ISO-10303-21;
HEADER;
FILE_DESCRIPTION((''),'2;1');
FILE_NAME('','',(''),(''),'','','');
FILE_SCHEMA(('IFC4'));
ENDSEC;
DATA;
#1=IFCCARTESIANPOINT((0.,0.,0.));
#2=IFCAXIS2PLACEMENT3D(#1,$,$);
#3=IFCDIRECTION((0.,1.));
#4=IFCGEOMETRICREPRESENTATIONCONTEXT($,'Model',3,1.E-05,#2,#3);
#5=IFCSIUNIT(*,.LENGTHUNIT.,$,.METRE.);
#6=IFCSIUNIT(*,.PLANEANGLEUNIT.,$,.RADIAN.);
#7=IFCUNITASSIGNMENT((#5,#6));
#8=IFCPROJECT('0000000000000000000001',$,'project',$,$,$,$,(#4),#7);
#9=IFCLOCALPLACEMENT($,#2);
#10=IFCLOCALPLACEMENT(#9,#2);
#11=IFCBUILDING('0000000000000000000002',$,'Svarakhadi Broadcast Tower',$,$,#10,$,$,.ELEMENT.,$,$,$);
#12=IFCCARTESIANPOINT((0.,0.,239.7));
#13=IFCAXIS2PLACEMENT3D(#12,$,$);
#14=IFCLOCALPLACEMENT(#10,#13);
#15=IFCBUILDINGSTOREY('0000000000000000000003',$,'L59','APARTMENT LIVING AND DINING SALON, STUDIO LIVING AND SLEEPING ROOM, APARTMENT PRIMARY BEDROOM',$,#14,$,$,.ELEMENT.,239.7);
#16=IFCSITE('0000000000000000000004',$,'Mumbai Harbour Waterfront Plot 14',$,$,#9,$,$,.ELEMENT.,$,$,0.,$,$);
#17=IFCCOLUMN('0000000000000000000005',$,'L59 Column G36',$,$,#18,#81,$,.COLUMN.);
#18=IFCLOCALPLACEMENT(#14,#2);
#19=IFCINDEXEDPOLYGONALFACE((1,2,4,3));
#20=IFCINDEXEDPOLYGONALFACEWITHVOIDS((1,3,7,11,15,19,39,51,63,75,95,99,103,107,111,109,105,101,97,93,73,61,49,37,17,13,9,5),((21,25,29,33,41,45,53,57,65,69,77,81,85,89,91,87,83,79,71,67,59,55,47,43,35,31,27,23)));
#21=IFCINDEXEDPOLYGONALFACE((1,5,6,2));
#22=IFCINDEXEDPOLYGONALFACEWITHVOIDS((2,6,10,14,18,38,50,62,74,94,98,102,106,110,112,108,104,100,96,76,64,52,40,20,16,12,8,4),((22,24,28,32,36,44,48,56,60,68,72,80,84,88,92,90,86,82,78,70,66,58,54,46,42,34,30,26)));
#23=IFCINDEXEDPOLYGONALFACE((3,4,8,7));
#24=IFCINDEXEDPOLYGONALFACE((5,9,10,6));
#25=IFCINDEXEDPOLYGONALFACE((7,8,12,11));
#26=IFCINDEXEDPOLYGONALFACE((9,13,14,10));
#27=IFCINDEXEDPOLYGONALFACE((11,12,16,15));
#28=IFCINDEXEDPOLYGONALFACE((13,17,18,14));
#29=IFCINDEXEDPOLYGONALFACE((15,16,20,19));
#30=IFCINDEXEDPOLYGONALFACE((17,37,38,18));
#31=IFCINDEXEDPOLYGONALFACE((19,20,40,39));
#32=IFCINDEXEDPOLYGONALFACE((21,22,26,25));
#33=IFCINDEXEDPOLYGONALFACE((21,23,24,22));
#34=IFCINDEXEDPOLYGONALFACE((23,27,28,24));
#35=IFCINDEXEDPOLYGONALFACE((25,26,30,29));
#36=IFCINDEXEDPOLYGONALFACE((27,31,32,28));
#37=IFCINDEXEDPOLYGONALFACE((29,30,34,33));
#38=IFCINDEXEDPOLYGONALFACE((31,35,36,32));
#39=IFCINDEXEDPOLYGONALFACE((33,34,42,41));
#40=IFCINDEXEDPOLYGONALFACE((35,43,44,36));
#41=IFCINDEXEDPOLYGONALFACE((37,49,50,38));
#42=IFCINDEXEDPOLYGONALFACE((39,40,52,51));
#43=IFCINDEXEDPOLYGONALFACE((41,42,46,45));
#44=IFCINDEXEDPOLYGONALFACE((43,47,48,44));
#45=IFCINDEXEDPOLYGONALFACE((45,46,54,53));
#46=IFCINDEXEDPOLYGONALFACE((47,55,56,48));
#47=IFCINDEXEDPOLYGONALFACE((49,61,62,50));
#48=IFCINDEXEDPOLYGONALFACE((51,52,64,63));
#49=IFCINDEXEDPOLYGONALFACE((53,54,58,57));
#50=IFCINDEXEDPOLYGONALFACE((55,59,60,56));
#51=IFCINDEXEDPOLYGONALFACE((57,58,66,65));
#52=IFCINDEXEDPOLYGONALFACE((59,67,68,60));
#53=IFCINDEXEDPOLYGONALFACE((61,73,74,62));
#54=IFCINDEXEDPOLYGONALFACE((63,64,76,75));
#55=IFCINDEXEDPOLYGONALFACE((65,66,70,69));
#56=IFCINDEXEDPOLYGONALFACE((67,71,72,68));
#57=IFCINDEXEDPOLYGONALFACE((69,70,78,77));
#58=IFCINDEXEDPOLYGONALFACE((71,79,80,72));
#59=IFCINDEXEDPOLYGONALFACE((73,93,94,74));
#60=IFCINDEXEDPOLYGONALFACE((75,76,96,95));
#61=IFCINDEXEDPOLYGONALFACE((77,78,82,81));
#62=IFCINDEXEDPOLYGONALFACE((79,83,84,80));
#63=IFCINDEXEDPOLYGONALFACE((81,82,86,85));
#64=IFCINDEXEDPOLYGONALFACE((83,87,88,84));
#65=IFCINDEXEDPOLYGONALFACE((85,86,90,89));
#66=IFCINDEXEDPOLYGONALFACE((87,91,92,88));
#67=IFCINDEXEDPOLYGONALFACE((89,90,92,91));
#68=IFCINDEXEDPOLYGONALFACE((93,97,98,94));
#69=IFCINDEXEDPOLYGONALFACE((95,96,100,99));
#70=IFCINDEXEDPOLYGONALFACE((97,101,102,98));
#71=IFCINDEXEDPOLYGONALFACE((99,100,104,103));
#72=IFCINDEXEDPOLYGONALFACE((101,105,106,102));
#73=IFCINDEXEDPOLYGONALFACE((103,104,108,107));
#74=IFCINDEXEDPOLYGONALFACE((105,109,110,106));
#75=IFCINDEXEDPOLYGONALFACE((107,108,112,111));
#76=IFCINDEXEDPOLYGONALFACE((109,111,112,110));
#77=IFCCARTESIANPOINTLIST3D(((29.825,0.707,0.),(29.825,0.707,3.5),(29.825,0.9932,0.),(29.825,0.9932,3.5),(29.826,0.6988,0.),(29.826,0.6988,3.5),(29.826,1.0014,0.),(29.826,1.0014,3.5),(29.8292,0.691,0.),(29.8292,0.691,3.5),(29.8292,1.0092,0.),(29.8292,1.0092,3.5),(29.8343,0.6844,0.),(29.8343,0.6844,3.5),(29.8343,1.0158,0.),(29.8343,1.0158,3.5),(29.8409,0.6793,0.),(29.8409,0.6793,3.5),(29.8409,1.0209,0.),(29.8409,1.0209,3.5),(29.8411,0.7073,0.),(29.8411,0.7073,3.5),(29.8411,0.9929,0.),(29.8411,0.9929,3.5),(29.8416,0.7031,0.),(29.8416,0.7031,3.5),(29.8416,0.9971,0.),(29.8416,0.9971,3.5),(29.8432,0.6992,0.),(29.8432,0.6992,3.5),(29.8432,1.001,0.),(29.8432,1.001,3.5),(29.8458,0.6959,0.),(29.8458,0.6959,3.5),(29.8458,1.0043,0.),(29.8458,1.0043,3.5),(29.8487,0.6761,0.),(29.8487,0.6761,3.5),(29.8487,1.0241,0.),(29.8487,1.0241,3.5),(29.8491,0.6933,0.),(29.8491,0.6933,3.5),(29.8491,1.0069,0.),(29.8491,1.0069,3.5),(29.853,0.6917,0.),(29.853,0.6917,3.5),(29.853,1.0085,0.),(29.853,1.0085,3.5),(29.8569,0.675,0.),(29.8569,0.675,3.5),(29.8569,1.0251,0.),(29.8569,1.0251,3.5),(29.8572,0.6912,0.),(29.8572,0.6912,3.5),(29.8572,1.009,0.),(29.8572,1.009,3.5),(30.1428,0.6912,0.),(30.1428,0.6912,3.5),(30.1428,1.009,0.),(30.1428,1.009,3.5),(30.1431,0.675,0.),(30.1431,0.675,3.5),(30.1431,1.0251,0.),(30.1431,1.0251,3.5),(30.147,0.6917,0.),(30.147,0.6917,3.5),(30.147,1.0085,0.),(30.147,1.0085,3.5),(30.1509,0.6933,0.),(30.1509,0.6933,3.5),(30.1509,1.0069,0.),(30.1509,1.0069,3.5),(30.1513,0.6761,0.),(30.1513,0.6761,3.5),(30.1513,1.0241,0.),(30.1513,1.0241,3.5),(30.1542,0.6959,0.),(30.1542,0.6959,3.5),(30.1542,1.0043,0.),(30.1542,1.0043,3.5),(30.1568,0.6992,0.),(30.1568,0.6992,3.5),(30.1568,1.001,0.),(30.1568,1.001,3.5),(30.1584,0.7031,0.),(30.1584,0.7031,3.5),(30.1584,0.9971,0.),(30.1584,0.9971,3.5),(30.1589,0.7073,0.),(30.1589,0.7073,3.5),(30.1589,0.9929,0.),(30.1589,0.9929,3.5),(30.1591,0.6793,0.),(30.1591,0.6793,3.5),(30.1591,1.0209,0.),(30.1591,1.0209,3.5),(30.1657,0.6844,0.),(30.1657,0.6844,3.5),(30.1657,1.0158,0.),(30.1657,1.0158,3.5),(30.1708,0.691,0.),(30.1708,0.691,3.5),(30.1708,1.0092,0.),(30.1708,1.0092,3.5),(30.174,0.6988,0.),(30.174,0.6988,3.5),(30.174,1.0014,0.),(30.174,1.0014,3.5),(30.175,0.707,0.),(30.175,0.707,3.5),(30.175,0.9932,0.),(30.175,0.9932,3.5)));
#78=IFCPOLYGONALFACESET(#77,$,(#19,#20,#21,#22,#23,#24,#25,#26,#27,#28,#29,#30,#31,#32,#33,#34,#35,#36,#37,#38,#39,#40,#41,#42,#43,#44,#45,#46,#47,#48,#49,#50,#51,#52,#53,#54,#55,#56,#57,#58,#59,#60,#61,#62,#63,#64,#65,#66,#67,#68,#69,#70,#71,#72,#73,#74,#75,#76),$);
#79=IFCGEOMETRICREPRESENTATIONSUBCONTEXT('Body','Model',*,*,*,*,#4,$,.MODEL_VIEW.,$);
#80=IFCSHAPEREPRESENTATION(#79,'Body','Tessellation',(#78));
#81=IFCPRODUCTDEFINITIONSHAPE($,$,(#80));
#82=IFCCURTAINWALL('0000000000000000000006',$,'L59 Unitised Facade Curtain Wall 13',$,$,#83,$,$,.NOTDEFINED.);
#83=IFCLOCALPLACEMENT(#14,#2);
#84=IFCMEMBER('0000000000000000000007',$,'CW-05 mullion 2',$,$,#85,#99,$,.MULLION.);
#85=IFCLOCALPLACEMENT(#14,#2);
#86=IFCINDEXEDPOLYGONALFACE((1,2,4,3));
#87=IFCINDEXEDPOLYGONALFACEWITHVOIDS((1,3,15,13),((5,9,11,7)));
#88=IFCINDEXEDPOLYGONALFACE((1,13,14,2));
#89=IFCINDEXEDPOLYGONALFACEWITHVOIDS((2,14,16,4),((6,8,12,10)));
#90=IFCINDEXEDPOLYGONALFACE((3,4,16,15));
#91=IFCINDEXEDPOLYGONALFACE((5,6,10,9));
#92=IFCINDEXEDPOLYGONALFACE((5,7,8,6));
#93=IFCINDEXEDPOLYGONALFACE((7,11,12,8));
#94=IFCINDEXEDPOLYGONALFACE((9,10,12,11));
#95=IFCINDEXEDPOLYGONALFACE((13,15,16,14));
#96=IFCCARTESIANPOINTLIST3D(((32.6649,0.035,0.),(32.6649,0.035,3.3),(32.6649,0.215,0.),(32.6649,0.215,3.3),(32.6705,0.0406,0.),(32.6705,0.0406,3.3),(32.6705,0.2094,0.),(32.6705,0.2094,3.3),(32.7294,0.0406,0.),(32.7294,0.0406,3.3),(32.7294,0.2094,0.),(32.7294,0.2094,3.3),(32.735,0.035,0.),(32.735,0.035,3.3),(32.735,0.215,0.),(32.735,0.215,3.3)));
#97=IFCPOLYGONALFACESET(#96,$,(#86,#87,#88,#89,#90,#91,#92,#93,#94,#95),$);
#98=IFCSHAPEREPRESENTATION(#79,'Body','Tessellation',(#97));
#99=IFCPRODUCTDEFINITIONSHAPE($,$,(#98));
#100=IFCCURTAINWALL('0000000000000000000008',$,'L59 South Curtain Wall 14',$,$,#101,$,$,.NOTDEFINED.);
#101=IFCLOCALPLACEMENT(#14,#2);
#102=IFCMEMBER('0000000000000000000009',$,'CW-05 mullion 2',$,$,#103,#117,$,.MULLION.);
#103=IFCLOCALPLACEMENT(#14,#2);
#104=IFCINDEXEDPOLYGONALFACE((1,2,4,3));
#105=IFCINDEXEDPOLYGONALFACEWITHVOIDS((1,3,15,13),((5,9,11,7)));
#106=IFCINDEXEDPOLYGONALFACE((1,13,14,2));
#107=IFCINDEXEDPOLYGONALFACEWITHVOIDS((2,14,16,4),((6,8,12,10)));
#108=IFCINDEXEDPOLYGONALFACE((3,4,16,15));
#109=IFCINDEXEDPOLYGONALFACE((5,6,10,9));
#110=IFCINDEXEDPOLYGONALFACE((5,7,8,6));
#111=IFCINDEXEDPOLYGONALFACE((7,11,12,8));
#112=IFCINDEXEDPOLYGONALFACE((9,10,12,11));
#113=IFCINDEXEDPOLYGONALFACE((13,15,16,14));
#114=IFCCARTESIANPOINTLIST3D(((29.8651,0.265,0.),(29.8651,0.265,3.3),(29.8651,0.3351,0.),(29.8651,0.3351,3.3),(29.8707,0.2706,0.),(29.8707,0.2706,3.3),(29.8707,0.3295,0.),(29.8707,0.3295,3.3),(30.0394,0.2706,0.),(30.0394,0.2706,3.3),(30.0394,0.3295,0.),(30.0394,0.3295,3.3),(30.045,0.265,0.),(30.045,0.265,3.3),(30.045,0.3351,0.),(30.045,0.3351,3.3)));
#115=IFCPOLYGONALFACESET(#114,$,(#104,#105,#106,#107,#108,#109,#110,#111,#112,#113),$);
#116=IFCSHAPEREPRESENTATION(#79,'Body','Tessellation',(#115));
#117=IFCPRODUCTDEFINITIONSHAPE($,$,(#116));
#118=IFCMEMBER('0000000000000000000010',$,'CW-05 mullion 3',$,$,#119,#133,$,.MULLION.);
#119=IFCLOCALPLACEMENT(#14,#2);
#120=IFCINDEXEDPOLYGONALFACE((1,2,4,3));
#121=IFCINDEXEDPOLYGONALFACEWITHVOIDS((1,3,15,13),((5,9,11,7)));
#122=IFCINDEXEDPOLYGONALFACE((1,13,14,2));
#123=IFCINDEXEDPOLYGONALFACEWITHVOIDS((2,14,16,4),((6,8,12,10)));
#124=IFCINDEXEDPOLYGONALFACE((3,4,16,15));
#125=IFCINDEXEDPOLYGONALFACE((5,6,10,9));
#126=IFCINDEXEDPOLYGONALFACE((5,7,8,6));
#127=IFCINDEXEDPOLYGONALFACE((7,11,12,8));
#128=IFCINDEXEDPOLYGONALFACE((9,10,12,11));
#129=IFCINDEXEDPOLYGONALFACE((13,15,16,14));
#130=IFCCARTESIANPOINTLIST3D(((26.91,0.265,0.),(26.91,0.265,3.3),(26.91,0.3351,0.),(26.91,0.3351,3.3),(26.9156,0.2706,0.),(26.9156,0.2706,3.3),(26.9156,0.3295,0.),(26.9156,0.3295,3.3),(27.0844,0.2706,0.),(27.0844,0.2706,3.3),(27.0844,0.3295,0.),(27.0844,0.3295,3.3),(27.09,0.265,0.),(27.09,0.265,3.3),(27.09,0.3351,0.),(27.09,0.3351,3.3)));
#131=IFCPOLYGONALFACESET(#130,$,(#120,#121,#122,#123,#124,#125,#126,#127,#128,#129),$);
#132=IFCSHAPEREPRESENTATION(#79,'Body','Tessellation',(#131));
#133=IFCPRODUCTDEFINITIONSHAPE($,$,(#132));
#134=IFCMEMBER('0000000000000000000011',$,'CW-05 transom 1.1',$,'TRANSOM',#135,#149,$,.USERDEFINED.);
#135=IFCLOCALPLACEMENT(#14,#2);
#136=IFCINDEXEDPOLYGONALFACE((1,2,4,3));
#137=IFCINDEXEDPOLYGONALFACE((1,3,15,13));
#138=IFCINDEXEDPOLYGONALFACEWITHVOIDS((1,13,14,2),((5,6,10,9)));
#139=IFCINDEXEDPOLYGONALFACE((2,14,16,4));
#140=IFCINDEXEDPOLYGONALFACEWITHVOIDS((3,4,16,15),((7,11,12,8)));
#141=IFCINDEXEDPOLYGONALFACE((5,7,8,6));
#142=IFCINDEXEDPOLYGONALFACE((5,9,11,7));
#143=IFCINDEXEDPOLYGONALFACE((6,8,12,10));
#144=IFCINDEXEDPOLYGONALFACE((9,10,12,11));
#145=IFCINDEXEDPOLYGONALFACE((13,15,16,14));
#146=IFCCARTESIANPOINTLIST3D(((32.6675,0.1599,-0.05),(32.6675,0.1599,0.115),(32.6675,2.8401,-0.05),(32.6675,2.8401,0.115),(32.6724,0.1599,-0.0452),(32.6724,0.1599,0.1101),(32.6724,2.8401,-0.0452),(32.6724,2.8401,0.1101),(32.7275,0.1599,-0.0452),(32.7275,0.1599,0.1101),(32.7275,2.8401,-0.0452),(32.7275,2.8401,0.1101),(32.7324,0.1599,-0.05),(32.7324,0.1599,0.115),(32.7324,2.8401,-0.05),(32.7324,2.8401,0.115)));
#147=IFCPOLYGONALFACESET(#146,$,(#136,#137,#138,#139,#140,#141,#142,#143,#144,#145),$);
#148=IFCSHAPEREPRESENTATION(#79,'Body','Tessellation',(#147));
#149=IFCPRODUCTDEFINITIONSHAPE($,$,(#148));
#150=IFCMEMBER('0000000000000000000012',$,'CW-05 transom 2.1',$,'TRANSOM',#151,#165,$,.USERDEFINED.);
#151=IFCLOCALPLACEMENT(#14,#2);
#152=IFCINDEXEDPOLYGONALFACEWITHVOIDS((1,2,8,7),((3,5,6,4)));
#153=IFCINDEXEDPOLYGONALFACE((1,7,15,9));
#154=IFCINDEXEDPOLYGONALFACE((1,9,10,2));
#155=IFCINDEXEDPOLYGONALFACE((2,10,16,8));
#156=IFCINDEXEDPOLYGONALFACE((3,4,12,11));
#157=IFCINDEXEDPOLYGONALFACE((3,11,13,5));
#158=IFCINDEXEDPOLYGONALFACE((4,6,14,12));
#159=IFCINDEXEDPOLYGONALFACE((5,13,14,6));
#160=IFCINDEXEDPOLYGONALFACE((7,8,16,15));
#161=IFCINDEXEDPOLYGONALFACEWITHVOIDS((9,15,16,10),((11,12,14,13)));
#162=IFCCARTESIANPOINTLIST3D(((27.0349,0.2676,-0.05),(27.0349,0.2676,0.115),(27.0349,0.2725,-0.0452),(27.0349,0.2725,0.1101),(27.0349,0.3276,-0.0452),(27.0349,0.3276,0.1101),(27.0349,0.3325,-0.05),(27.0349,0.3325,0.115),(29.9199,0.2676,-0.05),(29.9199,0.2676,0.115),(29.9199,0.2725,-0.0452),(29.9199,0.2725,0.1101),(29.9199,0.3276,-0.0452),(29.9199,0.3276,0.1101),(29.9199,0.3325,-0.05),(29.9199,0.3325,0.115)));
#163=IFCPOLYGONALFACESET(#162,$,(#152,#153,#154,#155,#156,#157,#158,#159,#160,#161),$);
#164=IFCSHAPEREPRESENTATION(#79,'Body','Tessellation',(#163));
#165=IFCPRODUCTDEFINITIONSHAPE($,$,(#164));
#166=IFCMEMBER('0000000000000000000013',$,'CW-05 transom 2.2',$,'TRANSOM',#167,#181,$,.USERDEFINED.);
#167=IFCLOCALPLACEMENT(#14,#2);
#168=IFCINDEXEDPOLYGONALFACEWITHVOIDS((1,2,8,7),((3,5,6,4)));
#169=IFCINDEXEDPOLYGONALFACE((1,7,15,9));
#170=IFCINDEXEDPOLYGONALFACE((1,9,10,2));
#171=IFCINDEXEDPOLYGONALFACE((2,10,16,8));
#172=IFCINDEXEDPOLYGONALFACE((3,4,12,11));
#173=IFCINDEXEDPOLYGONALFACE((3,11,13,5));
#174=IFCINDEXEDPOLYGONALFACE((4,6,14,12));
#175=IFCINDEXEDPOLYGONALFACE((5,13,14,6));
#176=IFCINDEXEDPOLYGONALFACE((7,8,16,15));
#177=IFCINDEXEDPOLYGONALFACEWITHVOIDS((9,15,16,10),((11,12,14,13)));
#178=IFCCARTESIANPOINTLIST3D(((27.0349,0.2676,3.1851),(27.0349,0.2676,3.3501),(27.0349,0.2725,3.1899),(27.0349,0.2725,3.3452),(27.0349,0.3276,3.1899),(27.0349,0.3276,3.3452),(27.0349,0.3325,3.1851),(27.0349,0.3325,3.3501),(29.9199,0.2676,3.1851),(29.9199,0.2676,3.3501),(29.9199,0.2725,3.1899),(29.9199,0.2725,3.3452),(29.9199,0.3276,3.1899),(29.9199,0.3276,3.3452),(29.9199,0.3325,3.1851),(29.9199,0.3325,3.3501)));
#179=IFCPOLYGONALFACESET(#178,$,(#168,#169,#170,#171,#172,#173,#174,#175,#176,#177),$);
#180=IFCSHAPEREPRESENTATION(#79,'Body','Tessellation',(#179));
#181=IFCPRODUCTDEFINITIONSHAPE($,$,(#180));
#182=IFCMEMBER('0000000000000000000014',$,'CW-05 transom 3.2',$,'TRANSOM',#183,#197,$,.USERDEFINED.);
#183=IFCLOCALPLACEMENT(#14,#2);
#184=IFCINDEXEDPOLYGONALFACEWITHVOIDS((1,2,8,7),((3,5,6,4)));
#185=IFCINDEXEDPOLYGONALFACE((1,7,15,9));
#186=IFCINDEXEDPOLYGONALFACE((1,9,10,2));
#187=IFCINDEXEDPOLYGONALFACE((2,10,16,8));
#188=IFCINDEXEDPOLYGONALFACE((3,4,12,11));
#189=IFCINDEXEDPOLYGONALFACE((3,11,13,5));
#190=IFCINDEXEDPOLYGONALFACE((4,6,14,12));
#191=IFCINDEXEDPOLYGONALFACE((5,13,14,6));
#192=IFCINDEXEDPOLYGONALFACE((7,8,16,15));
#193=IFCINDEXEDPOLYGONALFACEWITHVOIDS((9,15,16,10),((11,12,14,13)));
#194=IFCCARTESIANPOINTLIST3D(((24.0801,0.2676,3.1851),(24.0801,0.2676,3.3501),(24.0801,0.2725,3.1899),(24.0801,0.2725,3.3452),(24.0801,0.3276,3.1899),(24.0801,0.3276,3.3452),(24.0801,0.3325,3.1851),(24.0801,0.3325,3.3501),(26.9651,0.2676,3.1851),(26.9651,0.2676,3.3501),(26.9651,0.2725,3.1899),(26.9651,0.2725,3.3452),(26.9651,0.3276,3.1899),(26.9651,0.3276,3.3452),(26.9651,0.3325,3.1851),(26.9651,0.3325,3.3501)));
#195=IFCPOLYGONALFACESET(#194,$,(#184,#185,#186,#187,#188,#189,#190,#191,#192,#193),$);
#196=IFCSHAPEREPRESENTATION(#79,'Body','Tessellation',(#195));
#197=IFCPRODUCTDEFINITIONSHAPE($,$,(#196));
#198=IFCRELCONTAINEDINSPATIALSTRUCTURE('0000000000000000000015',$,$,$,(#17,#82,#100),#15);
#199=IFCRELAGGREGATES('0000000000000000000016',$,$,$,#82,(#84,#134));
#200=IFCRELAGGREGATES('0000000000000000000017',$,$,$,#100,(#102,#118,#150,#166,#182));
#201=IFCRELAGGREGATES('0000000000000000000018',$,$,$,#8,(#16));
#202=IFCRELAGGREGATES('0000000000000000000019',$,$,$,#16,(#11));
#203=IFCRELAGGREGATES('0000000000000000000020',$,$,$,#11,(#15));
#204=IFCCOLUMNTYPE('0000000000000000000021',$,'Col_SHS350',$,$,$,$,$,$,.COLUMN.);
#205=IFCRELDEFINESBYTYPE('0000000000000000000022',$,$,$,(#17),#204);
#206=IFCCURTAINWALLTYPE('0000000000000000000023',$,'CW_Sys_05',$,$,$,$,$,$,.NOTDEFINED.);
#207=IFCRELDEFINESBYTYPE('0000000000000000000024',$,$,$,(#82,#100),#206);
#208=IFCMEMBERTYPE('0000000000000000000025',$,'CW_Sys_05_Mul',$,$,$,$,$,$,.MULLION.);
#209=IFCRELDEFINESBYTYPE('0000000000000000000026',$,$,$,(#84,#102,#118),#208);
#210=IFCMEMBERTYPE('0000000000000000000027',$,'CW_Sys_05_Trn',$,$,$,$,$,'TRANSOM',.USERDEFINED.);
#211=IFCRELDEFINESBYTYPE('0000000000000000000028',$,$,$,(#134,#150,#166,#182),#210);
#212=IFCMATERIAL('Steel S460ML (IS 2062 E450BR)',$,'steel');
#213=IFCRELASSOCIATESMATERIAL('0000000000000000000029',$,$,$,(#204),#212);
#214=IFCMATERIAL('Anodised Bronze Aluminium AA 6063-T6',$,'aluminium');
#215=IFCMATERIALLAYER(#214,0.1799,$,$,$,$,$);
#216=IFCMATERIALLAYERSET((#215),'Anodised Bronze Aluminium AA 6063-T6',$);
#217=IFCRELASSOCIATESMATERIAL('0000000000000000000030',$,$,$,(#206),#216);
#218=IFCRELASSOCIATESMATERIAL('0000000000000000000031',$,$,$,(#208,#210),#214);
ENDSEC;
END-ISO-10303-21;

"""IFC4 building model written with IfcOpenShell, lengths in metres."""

from ifc_helpers import new_model, si_unit, direction, frame, origin, origin_2d, place, context, subcontext, project, spatial, hollow_rectangle, extrude, material, layer, layer_set, material_profile, profile_set, type_object, element, aggregate, save


model = new_model("IFC4")

# Units and contexts
model_context = context("Model", 3, precision=1e-05, world=origin(), true_north=direction((0.0, 1.0)))
body_context = subcontext(model_context, "Body", "Model", "MODEL_VIEW")
ifc_project = project(units=[si_unit("LENGTHUNIT", "METRE"), si_unit("PLANEANGLEUNIT", "RADIAN")], contexts=[model_context])

# Site, building, storey
site_placement = place(None, origin())
site = spatial("IfcSite", under=ifc_project, at=site_placement, Name="Mumbai Harbour Waterfront Plot 14", CompositionType="ELEMENT", RefElevation=0.0)
building_placement = place(site_placement, origin())
building = spatial("IfcBuilding", under=site, at=building_placement, Name="Svarakhadi Broadcast Tower", CompositionType="ELEMENT")
storey_placement = place(building_placement, frame((0.0, 0.0, 239.7)))
storey = spatial("IfcBuildingStorey", under=building, at=storey_placement, Name="L59", Description="APARTMENT LIVING AND DINING SALON, STUDIO LIVING AND SLEEPING ROOM, APARTMENT PRIMARY BEDROOM", CompositionType="ELEMENT", Elevation=239.7)

# Column
ifc_material_1 = material(Name="Steel S460ML (IS 2062 E450BR)", Category="steel")
ifc_material_profile_1 = material_profile(ifc_material_1, hollow_rectangle(XDim=0.3501, YDim=0.3501, WallThickness=0.0161, InnerFilletRadius=0.0161, OuterFilletRadius=0.032, at=origin_2d()), Name="SHS 350x350x16")
ifc_profile_set_1 = profile_set([ifc_material_profile_1], Name="Steel S460ML (IS 2062 E450BR)")
column_type = type_object("IfcColumnType", Name="Col_SHS350", PredefinedType="COLUMN", material=ifc_profile_set_1)
column_placement = place(storey_placement, frame((30.0, 0.8501, 0.0), z_axis=(0.0, 0.0, 1.0), x_axis=(1.0, 0.0, 0.0)))
element("IfcColumn", 1, at=column_placement, inside=storey, type_object=column_type, Name="L59 Column G36", PredefinedType="COLUMN", context=body_context, shape_type="SweptSolid", body=[
    extrude(hollow_rectangle(XDim=0.3501, YDim=0.3501, WallThickness=0.0161, InnerFilletRadius=0.0161, OuterFilletRadius=0.032, at=origin_2d()), origin(), (0.0, 0.0, 1.0), 3.5),
])

# Curtain wall, member
ifc_material_2 = material(Name="Anodised Bronze Aluminium AA 6063-T6", Category="aluminium")
ifc_layer_1 = layer(ifc_material_2, 0.1799)
ifc_layer_set_1 = layer_set([ifc_layer_1], Name="Anodised Bronze Aluminium AA 6063-T6")
curtain_wall_type = type_object("IfcCurtainWallType", Name="CW_Sys_05", PredefinedType="NOTDEFINED", material=ifc_layer_set_1)
curtain_wall_1_placement = place(storey_placement, origin())
curtain_wall_1 = element("IfcCurtainWall", 2, at=curtain_wall_1_placement, inside=storey, type_object=curtain_wall_type, Name="L59 Unitised Facade Curtain Wall 13", PredefinedType="NOTDEFINED")
ifc_material_profile_2 = material_profile(ifc_material_2, hollow_rectangle(XDim=0.0701, YDim=0.1799, WallThickness=0.0056, at=origin_2d()), Name="ALU MULLION 180x70x6")
ifc_profile_set_2 = profile_set([ifc_material_profile_2], Name="Anodised Bronze Aluminium AA 6063-T6")
member_type_1 = type_object("IfcMemberType", Name="CW_Sys_05_Mul", PredefinedType="MULLION", material=ifc_profile_set_2)
member_1_placement = place(storey_placement, frame((32.7, 0.125, 0.0), z_axis=(0.0, 0.0, 1.0), x_axis=(1.0, 0.0, 0.0)))
member_1 = element("IfcMember", 3, at=member_1_placement, type_object=member_type_1, Name="CW-05 mullion 2", PredefinedType="MULLION", context=body_context, shape_type="SweptSolid", body=[
    extrude(hollow_rectangle(XDim=0.0701, YDim=0.1799, WallThickness=0.0056, at=origin_2d()), origin(), (0.0, 0.0, 1.0), 3.3),
])

# Curtain wall, members
curtain_wall_2_placement = place(storey_placement, origin())
curtain_wall_2 = element("IfcCurtainWall", 4, at=curtain_wall_2_placement, inside=storey, type_object=curtain_wall_type, Name="L59 South Curtain Wall 14", PredefinedType="NOTDEFINED")
member_2_placement = place(storey_placement, frame((29.9551, 0.3, 0.0), z_axis=(0.0, 0.0, 1.0), x_axis=(0.0, -1.0, 0.0)))
member_2 = element("IfcMember", 5, at=member_2_placement, type_object=member_type_1, Name="CW-05 mullion 2", PredefinedType="MULLION", context=body_context, shape_type="SweptSolid", body=[
    extrude(hollow_rectangle(XDim=0.0701, YDim=0.1799, WallThickness=0.0056, at=origin_2d()), origin(), (0.0, 0.0, 1.0), 3.3),
])
member_3_placement = place(storey_placement, frame((27.0, 0.3, 0.0), z_axis=(0.0, 0.0, 1.0), x_axis=(0.0, -1.0, 0.0)))
member_3 = element("IfcMember", 6, at=member_3_placement, type_object=member_type_1, Name="CW-05 mullion 3", PredefinedType="MULLION", context=body_context, shape_type="SweptSolid", body=[
    extrude(hollow_rectangle(XDim=0.0701, YDim=0.1799, WallThickness=0.0056, at=origin_2d()), origin(), (0.0, 0.0, 1.0), 3.3),
])

# Members
ifc_material_profile_3 = material_profile(ifc_material_2, hollow_rectangle(XDim=0.0649, YDim=0.165, WallThickness=0.0049, at=origin_2d()), Name="ALU TRANSOM 165x65x5")
ifc_profile_set_3 = profile_set([ifc_material_profile_3], Name="Anodised Bronze Aluminium AA 6063-T6")
member_type_2 = type_object("IfcMemberType", Name="CW_Sys_05_Trn", ElementType="TRANSOM", PredefinedType="USERDEFINED", material=ifc_profile_set_3)
member_4_placement = place(storey_placement, frame((32.7, 2.8401, 0.0325), z_axis=(0.0, -1.0, 0.0), x_axis=(1.0, 0.0, 0.0)))
member_4 = element("IfcMember", 7, at=member_4_placement, type_object=member_type_2, Name="CW-05 transom 1.1", ObjectType="TRANSOM", PredefinedType="USERDEFINED", context=body_context, shape_type="SweptSolid", body=[
    extrude(hollow_rectangle(XDim=0.0649, YDim=0.165, WallThickness=0.0049, at=origin_2d()), origin(), (0.0, 0.0, 1.0), 2.6802),
])
member_5_placement = place(storey_placement, frame((29.9199, 0.3, 0.0325), z_axis=(-1.0, 0.0, 0.0), x_axis=(0.0, -1.0, 0.0)))
member_5 = element("IfcMember", 8, at=member_5_placement, type_object=member_type_2, Name="CW-05 transom 2.1", ObjectType="TRANSOM", PredefinedType="USERDEFINED", context=body_context, shape_type="SweptSolid", body=[
    extrude(hollow_rectangle(XDim=0.0649, YDim=0.165, WallThickness=0.0049, at=origin_2d()), origin(), (0.0, 0.0, 1.0), 2.885),
])
member_6_placement = place(storey_placement, frame((29.9199, 0.3, 3.2676), z_axis=(-1.0, 0.0, 0.0), x_axis=(0.0, -1.0, 0.0)))
member_6 = element("IfcMember", 9, at=member_6_placement, type_object=member_type_2, Name="CW-05 transom 2.2", ObjectType="TRANSOM", PredefinedType="USERDEFINED", context=body_context, shape_type="SweptSolid", body=[
    extrude(hollow_rectangle(XDim=0.0649, YDim=0.165, WallThickness=0.0049, at=origin_2d()), origin(), (0.0, 0.0, 1.0), 2.885),
])
member_7_placement = place(storey_placement, frame((26.9651, 0.3, 3.2676), z_axis=(-1.0, 0.0, 0.0), x_axis=(0.0, -1.0, 0.0)))
member_7 = element("IfcMember", 10, at=member_7_placement, type_object=member_type_2, Name="CW-05 transom 3.2", ObjectType="TRANSOM", PredefinedType="USERDEFINED", context=body_context, shape_type="SweptSolid", body=[
    extrude(hollow_rectangle(XDim=0.0649, YDim=0.165, WallThickness=0.0049, at=origin_2d()), origin(), (0.0, 0.0, 1.0), 2.885),
])

aggregate(curtain_wall_1, [member_1, member_4])
aggregate(curtain_wall_2, [member_2, member_3, member_5, member_6, member_7])

save(model, "model.ifc")
